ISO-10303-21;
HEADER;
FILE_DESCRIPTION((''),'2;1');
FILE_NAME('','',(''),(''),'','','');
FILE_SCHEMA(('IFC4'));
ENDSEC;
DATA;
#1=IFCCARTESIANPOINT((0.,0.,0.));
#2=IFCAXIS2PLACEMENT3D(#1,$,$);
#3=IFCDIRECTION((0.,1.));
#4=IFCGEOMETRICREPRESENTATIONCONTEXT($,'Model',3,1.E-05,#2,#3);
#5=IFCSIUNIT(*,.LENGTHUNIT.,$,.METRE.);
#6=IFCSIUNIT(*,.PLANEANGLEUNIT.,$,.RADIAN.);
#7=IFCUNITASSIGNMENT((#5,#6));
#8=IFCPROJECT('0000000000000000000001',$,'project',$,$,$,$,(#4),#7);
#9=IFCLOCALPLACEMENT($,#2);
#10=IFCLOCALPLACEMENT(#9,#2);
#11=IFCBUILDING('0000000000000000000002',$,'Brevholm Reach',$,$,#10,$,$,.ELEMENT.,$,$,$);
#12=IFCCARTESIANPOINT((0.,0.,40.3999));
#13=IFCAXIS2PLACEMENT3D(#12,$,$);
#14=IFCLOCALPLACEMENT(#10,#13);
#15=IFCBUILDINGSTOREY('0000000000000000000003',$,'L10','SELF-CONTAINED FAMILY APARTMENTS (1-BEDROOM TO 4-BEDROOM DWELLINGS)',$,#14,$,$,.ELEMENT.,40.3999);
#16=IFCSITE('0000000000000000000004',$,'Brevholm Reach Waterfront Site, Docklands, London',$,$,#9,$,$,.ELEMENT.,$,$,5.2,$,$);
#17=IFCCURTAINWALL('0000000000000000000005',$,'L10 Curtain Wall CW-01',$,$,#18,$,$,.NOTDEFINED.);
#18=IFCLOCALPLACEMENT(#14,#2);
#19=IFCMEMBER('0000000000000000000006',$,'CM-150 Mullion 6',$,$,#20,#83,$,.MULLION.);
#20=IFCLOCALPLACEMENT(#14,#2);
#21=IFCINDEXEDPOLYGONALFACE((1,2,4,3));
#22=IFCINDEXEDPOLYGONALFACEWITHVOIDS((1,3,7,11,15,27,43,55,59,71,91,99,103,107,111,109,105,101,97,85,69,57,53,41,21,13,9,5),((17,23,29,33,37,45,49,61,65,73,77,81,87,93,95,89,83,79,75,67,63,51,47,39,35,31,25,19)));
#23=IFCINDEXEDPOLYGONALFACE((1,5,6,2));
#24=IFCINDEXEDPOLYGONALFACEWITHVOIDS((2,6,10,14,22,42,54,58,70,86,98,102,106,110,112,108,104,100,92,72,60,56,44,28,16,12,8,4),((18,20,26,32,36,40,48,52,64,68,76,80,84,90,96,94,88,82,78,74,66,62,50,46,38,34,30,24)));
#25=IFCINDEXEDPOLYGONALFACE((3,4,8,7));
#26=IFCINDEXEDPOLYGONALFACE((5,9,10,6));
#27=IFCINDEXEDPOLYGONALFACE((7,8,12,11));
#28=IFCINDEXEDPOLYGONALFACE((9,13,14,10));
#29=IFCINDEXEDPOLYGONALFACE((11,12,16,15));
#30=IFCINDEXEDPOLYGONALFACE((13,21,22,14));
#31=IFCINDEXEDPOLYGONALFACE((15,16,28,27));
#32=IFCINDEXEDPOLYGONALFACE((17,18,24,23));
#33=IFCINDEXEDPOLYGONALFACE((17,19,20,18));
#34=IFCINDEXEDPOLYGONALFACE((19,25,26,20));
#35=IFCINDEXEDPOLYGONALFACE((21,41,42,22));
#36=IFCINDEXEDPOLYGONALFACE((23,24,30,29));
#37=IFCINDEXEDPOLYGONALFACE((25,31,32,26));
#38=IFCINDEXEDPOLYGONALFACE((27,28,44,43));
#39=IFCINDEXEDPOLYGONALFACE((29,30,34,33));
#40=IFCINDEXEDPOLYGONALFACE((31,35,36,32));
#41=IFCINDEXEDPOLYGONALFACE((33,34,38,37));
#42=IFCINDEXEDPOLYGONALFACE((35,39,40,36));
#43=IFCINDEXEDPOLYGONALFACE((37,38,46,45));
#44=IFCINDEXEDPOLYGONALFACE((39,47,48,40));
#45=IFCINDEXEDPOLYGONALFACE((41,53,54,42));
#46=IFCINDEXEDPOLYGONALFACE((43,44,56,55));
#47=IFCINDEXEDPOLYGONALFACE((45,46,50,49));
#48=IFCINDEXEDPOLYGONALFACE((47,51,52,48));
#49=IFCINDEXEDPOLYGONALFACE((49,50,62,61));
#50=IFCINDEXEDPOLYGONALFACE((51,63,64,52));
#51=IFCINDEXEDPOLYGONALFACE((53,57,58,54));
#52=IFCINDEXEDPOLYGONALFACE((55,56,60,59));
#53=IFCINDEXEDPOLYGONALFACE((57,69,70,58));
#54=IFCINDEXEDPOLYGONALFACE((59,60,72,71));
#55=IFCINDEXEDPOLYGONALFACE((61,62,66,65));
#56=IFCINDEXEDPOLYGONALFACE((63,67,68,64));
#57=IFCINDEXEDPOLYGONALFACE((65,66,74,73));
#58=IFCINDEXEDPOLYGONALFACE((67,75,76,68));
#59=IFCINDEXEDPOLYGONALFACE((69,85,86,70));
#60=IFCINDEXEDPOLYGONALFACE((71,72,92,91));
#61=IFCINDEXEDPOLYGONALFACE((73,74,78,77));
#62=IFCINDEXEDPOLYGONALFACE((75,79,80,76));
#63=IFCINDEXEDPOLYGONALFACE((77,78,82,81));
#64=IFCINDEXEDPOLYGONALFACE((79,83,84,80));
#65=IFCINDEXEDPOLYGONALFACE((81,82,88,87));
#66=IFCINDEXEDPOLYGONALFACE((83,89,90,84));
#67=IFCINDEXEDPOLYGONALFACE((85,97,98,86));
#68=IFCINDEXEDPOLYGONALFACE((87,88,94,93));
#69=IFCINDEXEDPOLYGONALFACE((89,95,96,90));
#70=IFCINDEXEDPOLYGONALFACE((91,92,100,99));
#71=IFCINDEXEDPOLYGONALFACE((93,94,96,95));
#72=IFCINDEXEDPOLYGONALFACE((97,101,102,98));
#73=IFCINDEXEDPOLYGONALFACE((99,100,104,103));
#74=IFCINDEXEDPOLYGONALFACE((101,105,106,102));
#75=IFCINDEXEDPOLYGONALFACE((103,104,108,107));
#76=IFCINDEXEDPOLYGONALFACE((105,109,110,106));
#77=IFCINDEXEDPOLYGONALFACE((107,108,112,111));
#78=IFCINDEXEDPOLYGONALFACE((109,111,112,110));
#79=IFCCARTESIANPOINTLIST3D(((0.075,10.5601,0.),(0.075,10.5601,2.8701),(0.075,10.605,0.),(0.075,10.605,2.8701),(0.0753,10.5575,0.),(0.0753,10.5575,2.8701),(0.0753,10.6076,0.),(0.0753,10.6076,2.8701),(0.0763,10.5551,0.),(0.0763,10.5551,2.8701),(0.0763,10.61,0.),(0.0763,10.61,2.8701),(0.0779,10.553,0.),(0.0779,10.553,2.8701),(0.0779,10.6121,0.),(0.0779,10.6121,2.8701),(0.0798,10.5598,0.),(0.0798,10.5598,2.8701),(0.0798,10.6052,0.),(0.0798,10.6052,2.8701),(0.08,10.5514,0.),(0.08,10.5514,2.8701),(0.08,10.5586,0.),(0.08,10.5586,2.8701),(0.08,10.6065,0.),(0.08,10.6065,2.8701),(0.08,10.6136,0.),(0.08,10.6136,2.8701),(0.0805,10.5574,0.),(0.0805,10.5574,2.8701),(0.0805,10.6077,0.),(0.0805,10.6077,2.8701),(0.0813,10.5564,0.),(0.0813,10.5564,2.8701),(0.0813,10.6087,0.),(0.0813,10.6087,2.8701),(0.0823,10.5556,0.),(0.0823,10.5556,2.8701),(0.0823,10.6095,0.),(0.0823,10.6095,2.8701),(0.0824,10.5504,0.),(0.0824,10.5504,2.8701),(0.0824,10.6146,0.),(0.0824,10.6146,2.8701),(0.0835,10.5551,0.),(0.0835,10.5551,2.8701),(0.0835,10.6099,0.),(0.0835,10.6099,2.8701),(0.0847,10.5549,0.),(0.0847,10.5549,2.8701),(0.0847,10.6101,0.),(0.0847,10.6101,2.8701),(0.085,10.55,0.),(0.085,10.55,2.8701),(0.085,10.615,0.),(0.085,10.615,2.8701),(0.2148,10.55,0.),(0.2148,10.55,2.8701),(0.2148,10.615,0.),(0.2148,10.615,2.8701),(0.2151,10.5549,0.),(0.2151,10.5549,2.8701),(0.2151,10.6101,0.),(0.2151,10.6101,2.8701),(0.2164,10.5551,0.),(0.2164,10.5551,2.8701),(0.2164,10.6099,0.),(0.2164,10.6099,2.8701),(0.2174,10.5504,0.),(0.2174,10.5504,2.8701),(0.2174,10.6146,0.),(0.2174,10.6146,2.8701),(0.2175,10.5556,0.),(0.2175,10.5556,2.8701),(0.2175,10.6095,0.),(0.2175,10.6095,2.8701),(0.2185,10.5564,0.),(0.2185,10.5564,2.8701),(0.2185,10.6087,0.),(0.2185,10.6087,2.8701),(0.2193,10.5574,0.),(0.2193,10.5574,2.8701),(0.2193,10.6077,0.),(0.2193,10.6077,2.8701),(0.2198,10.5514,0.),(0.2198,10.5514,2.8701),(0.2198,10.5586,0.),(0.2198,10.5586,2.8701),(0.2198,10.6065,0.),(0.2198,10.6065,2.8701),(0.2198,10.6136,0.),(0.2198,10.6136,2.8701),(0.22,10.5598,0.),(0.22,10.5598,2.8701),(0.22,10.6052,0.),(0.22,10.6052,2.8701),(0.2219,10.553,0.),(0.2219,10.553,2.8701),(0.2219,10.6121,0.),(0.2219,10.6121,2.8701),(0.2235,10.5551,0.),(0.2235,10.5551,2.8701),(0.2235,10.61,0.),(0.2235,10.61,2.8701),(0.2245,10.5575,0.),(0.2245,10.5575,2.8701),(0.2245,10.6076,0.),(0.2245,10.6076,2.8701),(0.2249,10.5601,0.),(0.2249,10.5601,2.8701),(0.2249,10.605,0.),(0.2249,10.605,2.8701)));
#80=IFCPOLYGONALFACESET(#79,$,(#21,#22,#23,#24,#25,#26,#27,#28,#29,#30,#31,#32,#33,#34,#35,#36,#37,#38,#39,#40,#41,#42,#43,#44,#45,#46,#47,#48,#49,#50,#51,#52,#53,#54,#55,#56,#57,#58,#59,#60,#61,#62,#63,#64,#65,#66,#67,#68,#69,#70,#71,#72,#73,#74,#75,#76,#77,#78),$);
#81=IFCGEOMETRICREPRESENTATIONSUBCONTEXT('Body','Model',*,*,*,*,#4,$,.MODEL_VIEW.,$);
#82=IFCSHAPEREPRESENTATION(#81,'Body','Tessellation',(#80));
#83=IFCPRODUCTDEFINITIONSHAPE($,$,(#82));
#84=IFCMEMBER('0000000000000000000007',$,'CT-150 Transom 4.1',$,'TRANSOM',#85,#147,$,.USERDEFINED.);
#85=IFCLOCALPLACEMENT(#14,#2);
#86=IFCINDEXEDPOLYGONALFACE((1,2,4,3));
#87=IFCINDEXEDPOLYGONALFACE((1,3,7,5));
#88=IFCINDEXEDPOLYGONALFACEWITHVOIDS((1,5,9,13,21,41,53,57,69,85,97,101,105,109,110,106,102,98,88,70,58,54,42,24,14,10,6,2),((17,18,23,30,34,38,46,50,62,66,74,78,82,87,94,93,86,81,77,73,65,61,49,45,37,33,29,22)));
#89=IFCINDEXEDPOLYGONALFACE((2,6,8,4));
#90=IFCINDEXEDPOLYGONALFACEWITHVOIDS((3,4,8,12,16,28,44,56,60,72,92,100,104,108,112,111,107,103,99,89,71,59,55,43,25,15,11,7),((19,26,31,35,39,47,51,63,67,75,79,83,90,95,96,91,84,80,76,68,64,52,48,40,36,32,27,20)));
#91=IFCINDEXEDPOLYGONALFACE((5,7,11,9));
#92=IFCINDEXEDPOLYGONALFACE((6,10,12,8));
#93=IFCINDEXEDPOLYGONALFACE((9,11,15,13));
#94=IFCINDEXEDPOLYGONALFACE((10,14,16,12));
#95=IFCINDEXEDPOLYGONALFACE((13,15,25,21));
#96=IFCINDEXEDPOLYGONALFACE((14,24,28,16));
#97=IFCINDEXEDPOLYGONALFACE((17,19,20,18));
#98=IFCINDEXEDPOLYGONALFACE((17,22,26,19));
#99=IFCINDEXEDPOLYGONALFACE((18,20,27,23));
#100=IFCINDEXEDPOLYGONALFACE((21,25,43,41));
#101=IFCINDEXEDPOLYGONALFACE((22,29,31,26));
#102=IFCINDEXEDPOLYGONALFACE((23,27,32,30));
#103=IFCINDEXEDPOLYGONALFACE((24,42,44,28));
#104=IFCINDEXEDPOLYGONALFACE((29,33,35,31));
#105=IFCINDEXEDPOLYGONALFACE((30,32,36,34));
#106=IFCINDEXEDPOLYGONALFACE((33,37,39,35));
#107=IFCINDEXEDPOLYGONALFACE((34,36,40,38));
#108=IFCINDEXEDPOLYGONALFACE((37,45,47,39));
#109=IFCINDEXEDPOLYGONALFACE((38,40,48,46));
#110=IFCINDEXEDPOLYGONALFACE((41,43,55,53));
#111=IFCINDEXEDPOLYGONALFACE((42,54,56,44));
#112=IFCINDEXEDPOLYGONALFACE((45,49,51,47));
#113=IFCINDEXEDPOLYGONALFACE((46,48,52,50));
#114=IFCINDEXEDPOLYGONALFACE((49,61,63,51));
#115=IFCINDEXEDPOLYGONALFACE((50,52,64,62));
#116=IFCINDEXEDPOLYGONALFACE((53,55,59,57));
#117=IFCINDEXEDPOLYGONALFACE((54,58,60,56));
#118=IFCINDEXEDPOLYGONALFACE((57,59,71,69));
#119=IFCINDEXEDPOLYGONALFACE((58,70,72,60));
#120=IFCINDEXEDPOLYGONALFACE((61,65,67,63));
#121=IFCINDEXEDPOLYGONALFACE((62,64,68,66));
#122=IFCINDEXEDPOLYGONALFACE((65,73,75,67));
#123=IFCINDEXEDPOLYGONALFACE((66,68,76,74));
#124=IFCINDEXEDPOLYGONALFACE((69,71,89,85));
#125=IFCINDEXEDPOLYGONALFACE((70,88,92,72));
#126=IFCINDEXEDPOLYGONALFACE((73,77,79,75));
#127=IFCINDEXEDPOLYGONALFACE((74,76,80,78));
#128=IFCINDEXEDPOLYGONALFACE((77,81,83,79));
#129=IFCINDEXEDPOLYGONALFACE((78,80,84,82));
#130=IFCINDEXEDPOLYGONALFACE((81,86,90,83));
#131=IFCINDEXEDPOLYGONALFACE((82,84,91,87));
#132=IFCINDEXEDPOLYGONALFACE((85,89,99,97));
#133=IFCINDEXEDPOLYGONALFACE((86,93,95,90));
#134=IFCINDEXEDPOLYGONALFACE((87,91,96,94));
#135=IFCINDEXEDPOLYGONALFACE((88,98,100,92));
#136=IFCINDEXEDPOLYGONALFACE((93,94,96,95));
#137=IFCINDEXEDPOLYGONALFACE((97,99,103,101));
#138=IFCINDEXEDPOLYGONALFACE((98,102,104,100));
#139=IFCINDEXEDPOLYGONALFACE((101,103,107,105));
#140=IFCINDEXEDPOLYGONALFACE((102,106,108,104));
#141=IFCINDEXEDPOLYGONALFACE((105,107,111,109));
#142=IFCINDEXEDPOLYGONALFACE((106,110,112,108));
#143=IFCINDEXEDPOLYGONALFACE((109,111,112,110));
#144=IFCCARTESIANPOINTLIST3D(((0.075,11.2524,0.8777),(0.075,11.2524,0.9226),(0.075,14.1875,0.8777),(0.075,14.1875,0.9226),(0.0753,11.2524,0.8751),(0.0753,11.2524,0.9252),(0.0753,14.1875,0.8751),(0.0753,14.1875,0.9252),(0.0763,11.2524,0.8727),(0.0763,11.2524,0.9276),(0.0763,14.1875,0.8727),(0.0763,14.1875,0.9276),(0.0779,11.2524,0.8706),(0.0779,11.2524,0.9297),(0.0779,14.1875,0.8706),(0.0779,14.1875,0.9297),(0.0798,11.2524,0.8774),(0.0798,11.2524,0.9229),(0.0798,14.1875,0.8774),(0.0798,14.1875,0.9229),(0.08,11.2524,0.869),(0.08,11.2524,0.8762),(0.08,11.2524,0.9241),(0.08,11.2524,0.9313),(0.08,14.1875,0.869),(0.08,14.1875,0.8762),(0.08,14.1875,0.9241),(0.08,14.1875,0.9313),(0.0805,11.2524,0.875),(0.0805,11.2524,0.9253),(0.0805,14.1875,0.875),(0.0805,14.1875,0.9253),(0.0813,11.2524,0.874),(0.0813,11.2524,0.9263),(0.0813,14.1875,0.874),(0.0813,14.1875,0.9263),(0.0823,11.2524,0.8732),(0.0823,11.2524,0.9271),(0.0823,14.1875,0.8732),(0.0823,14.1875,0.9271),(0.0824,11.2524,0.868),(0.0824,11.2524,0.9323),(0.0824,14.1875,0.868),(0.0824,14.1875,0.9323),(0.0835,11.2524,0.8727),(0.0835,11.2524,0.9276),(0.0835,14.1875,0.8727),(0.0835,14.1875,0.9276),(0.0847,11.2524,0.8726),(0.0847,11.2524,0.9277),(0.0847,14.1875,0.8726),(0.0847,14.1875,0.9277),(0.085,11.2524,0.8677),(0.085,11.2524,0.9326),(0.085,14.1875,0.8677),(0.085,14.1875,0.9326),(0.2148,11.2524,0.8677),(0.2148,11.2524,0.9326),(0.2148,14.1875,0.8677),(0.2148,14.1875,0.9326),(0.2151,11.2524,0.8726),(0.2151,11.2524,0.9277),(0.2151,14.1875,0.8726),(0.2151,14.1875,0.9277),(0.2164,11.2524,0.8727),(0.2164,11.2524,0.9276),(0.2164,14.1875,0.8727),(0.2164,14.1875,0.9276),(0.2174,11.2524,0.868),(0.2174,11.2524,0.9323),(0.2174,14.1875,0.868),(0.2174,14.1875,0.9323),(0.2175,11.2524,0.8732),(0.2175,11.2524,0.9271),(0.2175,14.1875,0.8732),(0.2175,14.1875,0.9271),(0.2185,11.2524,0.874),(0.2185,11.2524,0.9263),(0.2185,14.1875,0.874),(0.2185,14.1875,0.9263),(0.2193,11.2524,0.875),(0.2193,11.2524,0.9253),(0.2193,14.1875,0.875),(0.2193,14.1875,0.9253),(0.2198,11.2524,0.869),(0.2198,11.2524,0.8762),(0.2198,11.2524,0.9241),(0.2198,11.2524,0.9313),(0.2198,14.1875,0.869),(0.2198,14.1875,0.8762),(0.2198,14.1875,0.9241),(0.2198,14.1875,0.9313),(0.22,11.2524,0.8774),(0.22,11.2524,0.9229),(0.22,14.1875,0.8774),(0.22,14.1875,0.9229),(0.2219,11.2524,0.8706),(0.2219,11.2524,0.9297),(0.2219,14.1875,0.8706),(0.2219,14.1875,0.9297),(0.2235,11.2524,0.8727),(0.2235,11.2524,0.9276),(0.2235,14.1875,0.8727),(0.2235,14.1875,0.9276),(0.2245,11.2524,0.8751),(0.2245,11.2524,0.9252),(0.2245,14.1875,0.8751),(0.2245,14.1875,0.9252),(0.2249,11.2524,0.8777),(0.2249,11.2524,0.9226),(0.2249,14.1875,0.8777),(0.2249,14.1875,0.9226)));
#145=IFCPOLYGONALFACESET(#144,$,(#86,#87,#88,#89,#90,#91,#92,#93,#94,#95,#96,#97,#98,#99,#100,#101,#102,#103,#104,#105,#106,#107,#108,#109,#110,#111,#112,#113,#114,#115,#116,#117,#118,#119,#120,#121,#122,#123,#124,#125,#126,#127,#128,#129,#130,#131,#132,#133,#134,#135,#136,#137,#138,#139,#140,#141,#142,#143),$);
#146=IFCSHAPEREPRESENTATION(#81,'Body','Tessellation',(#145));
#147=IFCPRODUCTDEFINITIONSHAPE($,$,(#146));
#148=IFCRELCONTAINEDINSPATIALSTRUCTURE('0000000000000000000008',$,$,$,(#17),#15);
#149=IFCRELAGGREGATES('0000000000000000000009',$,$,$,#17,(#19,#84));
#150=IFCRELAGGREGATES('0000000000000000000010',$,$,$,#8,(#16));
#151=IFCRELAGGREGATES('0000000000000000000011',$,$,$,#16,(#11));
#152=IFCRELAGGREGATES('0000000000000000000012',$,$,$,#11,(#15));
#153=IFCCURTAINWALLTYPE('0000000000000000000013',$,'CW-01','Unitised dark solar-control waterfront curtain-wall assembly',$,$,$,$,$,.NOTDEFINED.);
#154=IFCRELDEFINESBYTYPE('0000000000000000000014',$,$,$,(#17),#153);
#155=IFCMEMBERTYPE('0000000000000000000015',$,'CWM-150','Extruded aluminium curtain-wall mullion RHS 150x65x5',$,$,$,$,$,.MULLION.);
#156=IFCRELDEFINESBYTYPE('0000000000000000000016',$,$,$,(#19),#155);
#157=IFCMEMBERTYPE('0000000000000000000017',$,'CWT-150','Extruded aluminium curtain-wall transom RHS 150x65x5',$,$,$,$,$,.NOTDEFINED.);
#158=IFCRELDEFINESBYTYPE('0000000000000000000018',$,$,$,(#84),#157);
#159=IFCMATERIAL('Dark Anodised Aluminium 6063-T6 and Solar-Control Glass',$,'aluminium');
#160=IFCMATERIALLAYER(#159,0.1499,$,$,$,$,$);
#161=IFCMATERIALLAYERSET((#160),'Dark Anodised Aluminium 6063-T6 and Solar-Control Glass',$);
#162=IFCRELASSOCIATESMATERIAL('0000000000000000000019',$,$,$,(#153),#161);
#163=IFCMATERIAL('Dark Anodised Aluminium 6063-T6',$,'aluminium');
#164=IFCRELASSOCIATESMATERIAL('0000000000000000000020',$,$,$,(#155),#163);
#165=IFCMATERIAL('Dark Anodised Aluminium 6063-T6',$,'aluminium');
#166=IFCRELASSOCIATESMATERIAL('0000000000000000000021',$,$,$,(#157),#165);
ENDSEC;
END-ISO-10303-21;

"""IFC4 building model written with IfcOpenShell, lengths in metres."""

from ifc_helpers import new_model, si_unit, direction, frame, origin, origin_2d, place, context, subcontext, project, spatial, hollow_rectangle, extrude, material, layer, layer_set, material_profile, profile_set, type_object, element, aggregate, save


model = new_model("IFC4")

# Units and contexts
model_context = context("Model", 3, precision=1e-05, world=origin(), true_north=direction((0.0, 1.0)))
body_context = subcontext(model_context, "Body", "Model", "MODEL_VIEW")
ifc_project = project(units=[si_unit("LENGTHUNIT", "METRE"), si_unit("PLANEANGLEUNIT", "RADIAN")], contexts=[model_context])

# Site, building, storey
site_placement = place(None, origin())
site = spatial("IfcSite", under=ifc_project, at=site_placement, Name="Brevholm Reach Waterfront Site, Docklands, London", CompositionType="ELEMENT", RefElevation=5.2)
building_placement = place(site_placement, origin())
building = spatial("IfcBuilding", under=site, at=building_placement, Name="Brevholm Reach", CompositionType="ELEMENT")
storey_placement = place(building_placement, frame((0.0, 0.0, 40.3999)))
storey = spatial("IfcBuildingStorey", under=building, at=storey_placement, Name="L10", Description="SELF-CONTAINED FAMILY APARTMENTS (1-BEDROOM TO 4-BEDROOM DWELLINGS)", CompositionType="ELEMENT", Elevation=40.3999)

# Curtain wall, members
ifc_material_1 = material(Name="Dark Anodised Aluminium 6063-T6 and Solar-Control Glass", Category="aluminium")
ifc_layer_1 = layer(ifc_material_1, 0.1499)
ifc_layer_set_1 = layer_set([ifc_layer_1], Name="Dark Anodised Aluminium 6063-T6 and Solar-Control Glass")
curtain_wall_type = type_object("IfcCurtainWallType", Name="CW-01", Description="Unitised dark solar-control waterfront curtain-wall assembly", PredefinedType="NOTDEFINED", material=ifc_layer_set_1)
curtain_wall_placement = place(storey_placement, origin())
curtain_wall = element("IfcCurtainWall", 1, at=curtain_wall_placement, inside=storey, type_object=curtain_wall_type, Name="L10 Curtain Wall CW-01", PredefinedType="NOTDEFINED")
ifc_material_2 = material(Name="Dark Anodised Aluminium 6063-T6", Category="aluminium")
ifc_material_profile_1 = material_profile(ifc_material_2, hollow_rectangle(XDim=0.0649, YDim=0.1499, WallThickness=0.0049, InnerFilletRadius=0.0049, OuterFilletRadius=0.01, at=origin_2d()), Name="RHS 150x65x5")
ifc_profile_set_1 = profile_set([ifc_material_profile_1], Name="Dark Anodised Aluminium 6063-T6")
member_type_1 = type_object("IfcMemberType", Name="CWM-150", Description="Extruded aluminium curtain-wall mullion RHS 150x65x5", PredefinedType="MULLION", material=ifc_profile_set_1)
member_1_placement = place(storey_placement, frame((0.1499, 10.5825, 0.0), z_axis=(0.0, 0.0, 1.0), x_axis=(0.0, -1.0, 0.0)))
member_1 = element("IfcMember", 2, at=member_1_placement, type_object=member_type_1, Name="CM-150 Mullion 6", PredefinedType="MULLION", context=body_context, shape_type="SweptSolid", body=[
    extrude(hollow_rectangle(XDim=0.0649, YDim=0.1499, WallThickness=0.0049, InnerFilletRadius=0.0049, OuterFilletRadius=0.01, at=origin_2d()), origin(), (0.0, 0.0, 1.0), 2.8701),
])
ifc_material_3 = material(Name="Dark Anodised Aluminium 6063-T6", Category="aluminium")
ifc_material_profile_2 = material_profile(ifc_material_3, hollow_rectangle(XDim=0.0649, YDim=0.1499, WallThickness=0.0049, InnerFilletRadius=0.0049, OuterFilletRadius=0.01, at=origin_2d()), Name="RHS 150x65x5")
ifc_profile_set_2 = profile_set([ifc_material_profile_2], Name="Dark Anodised Aluminium 6063-T6")
member_type_2 = type_object("IfcMemberType", Name="CWT-150", Description="Extruded aluminium curtain-wall transom RHS 150x65x5", PredefinedType="NOTDEFINED", material=ifc_profile_set_2)
member_2_placement = place(storey_placement, frame((0.1499, 14.1875, 0.9001), z_axis=(0.0, -1.0, 0.0), x_axis=(0.0, 0.0, 1.0)))
member_2 = element("IfcMember", 3, at=member_2_placement, type_object=member_type_2, Name="CT-150 Transom 4.1", ObjectType="TRANSOM", PredefinedType="USERDEFINED", context=body_context, shape_type="SweptSolid", body=[
    extrude(hollow_rectangle(XDim=0.0649, YDim=0.1499, WallThickness=0.0049, InnerFilletRadius=0.0049, OuterFilletRadius=0.01, at=origin_2d()), origin(), (0.0, 0.0, 1.0), 2.9351),
])
aggregate(curtain_wall, [member_1, member_2])

save(model, "model.ifc")
